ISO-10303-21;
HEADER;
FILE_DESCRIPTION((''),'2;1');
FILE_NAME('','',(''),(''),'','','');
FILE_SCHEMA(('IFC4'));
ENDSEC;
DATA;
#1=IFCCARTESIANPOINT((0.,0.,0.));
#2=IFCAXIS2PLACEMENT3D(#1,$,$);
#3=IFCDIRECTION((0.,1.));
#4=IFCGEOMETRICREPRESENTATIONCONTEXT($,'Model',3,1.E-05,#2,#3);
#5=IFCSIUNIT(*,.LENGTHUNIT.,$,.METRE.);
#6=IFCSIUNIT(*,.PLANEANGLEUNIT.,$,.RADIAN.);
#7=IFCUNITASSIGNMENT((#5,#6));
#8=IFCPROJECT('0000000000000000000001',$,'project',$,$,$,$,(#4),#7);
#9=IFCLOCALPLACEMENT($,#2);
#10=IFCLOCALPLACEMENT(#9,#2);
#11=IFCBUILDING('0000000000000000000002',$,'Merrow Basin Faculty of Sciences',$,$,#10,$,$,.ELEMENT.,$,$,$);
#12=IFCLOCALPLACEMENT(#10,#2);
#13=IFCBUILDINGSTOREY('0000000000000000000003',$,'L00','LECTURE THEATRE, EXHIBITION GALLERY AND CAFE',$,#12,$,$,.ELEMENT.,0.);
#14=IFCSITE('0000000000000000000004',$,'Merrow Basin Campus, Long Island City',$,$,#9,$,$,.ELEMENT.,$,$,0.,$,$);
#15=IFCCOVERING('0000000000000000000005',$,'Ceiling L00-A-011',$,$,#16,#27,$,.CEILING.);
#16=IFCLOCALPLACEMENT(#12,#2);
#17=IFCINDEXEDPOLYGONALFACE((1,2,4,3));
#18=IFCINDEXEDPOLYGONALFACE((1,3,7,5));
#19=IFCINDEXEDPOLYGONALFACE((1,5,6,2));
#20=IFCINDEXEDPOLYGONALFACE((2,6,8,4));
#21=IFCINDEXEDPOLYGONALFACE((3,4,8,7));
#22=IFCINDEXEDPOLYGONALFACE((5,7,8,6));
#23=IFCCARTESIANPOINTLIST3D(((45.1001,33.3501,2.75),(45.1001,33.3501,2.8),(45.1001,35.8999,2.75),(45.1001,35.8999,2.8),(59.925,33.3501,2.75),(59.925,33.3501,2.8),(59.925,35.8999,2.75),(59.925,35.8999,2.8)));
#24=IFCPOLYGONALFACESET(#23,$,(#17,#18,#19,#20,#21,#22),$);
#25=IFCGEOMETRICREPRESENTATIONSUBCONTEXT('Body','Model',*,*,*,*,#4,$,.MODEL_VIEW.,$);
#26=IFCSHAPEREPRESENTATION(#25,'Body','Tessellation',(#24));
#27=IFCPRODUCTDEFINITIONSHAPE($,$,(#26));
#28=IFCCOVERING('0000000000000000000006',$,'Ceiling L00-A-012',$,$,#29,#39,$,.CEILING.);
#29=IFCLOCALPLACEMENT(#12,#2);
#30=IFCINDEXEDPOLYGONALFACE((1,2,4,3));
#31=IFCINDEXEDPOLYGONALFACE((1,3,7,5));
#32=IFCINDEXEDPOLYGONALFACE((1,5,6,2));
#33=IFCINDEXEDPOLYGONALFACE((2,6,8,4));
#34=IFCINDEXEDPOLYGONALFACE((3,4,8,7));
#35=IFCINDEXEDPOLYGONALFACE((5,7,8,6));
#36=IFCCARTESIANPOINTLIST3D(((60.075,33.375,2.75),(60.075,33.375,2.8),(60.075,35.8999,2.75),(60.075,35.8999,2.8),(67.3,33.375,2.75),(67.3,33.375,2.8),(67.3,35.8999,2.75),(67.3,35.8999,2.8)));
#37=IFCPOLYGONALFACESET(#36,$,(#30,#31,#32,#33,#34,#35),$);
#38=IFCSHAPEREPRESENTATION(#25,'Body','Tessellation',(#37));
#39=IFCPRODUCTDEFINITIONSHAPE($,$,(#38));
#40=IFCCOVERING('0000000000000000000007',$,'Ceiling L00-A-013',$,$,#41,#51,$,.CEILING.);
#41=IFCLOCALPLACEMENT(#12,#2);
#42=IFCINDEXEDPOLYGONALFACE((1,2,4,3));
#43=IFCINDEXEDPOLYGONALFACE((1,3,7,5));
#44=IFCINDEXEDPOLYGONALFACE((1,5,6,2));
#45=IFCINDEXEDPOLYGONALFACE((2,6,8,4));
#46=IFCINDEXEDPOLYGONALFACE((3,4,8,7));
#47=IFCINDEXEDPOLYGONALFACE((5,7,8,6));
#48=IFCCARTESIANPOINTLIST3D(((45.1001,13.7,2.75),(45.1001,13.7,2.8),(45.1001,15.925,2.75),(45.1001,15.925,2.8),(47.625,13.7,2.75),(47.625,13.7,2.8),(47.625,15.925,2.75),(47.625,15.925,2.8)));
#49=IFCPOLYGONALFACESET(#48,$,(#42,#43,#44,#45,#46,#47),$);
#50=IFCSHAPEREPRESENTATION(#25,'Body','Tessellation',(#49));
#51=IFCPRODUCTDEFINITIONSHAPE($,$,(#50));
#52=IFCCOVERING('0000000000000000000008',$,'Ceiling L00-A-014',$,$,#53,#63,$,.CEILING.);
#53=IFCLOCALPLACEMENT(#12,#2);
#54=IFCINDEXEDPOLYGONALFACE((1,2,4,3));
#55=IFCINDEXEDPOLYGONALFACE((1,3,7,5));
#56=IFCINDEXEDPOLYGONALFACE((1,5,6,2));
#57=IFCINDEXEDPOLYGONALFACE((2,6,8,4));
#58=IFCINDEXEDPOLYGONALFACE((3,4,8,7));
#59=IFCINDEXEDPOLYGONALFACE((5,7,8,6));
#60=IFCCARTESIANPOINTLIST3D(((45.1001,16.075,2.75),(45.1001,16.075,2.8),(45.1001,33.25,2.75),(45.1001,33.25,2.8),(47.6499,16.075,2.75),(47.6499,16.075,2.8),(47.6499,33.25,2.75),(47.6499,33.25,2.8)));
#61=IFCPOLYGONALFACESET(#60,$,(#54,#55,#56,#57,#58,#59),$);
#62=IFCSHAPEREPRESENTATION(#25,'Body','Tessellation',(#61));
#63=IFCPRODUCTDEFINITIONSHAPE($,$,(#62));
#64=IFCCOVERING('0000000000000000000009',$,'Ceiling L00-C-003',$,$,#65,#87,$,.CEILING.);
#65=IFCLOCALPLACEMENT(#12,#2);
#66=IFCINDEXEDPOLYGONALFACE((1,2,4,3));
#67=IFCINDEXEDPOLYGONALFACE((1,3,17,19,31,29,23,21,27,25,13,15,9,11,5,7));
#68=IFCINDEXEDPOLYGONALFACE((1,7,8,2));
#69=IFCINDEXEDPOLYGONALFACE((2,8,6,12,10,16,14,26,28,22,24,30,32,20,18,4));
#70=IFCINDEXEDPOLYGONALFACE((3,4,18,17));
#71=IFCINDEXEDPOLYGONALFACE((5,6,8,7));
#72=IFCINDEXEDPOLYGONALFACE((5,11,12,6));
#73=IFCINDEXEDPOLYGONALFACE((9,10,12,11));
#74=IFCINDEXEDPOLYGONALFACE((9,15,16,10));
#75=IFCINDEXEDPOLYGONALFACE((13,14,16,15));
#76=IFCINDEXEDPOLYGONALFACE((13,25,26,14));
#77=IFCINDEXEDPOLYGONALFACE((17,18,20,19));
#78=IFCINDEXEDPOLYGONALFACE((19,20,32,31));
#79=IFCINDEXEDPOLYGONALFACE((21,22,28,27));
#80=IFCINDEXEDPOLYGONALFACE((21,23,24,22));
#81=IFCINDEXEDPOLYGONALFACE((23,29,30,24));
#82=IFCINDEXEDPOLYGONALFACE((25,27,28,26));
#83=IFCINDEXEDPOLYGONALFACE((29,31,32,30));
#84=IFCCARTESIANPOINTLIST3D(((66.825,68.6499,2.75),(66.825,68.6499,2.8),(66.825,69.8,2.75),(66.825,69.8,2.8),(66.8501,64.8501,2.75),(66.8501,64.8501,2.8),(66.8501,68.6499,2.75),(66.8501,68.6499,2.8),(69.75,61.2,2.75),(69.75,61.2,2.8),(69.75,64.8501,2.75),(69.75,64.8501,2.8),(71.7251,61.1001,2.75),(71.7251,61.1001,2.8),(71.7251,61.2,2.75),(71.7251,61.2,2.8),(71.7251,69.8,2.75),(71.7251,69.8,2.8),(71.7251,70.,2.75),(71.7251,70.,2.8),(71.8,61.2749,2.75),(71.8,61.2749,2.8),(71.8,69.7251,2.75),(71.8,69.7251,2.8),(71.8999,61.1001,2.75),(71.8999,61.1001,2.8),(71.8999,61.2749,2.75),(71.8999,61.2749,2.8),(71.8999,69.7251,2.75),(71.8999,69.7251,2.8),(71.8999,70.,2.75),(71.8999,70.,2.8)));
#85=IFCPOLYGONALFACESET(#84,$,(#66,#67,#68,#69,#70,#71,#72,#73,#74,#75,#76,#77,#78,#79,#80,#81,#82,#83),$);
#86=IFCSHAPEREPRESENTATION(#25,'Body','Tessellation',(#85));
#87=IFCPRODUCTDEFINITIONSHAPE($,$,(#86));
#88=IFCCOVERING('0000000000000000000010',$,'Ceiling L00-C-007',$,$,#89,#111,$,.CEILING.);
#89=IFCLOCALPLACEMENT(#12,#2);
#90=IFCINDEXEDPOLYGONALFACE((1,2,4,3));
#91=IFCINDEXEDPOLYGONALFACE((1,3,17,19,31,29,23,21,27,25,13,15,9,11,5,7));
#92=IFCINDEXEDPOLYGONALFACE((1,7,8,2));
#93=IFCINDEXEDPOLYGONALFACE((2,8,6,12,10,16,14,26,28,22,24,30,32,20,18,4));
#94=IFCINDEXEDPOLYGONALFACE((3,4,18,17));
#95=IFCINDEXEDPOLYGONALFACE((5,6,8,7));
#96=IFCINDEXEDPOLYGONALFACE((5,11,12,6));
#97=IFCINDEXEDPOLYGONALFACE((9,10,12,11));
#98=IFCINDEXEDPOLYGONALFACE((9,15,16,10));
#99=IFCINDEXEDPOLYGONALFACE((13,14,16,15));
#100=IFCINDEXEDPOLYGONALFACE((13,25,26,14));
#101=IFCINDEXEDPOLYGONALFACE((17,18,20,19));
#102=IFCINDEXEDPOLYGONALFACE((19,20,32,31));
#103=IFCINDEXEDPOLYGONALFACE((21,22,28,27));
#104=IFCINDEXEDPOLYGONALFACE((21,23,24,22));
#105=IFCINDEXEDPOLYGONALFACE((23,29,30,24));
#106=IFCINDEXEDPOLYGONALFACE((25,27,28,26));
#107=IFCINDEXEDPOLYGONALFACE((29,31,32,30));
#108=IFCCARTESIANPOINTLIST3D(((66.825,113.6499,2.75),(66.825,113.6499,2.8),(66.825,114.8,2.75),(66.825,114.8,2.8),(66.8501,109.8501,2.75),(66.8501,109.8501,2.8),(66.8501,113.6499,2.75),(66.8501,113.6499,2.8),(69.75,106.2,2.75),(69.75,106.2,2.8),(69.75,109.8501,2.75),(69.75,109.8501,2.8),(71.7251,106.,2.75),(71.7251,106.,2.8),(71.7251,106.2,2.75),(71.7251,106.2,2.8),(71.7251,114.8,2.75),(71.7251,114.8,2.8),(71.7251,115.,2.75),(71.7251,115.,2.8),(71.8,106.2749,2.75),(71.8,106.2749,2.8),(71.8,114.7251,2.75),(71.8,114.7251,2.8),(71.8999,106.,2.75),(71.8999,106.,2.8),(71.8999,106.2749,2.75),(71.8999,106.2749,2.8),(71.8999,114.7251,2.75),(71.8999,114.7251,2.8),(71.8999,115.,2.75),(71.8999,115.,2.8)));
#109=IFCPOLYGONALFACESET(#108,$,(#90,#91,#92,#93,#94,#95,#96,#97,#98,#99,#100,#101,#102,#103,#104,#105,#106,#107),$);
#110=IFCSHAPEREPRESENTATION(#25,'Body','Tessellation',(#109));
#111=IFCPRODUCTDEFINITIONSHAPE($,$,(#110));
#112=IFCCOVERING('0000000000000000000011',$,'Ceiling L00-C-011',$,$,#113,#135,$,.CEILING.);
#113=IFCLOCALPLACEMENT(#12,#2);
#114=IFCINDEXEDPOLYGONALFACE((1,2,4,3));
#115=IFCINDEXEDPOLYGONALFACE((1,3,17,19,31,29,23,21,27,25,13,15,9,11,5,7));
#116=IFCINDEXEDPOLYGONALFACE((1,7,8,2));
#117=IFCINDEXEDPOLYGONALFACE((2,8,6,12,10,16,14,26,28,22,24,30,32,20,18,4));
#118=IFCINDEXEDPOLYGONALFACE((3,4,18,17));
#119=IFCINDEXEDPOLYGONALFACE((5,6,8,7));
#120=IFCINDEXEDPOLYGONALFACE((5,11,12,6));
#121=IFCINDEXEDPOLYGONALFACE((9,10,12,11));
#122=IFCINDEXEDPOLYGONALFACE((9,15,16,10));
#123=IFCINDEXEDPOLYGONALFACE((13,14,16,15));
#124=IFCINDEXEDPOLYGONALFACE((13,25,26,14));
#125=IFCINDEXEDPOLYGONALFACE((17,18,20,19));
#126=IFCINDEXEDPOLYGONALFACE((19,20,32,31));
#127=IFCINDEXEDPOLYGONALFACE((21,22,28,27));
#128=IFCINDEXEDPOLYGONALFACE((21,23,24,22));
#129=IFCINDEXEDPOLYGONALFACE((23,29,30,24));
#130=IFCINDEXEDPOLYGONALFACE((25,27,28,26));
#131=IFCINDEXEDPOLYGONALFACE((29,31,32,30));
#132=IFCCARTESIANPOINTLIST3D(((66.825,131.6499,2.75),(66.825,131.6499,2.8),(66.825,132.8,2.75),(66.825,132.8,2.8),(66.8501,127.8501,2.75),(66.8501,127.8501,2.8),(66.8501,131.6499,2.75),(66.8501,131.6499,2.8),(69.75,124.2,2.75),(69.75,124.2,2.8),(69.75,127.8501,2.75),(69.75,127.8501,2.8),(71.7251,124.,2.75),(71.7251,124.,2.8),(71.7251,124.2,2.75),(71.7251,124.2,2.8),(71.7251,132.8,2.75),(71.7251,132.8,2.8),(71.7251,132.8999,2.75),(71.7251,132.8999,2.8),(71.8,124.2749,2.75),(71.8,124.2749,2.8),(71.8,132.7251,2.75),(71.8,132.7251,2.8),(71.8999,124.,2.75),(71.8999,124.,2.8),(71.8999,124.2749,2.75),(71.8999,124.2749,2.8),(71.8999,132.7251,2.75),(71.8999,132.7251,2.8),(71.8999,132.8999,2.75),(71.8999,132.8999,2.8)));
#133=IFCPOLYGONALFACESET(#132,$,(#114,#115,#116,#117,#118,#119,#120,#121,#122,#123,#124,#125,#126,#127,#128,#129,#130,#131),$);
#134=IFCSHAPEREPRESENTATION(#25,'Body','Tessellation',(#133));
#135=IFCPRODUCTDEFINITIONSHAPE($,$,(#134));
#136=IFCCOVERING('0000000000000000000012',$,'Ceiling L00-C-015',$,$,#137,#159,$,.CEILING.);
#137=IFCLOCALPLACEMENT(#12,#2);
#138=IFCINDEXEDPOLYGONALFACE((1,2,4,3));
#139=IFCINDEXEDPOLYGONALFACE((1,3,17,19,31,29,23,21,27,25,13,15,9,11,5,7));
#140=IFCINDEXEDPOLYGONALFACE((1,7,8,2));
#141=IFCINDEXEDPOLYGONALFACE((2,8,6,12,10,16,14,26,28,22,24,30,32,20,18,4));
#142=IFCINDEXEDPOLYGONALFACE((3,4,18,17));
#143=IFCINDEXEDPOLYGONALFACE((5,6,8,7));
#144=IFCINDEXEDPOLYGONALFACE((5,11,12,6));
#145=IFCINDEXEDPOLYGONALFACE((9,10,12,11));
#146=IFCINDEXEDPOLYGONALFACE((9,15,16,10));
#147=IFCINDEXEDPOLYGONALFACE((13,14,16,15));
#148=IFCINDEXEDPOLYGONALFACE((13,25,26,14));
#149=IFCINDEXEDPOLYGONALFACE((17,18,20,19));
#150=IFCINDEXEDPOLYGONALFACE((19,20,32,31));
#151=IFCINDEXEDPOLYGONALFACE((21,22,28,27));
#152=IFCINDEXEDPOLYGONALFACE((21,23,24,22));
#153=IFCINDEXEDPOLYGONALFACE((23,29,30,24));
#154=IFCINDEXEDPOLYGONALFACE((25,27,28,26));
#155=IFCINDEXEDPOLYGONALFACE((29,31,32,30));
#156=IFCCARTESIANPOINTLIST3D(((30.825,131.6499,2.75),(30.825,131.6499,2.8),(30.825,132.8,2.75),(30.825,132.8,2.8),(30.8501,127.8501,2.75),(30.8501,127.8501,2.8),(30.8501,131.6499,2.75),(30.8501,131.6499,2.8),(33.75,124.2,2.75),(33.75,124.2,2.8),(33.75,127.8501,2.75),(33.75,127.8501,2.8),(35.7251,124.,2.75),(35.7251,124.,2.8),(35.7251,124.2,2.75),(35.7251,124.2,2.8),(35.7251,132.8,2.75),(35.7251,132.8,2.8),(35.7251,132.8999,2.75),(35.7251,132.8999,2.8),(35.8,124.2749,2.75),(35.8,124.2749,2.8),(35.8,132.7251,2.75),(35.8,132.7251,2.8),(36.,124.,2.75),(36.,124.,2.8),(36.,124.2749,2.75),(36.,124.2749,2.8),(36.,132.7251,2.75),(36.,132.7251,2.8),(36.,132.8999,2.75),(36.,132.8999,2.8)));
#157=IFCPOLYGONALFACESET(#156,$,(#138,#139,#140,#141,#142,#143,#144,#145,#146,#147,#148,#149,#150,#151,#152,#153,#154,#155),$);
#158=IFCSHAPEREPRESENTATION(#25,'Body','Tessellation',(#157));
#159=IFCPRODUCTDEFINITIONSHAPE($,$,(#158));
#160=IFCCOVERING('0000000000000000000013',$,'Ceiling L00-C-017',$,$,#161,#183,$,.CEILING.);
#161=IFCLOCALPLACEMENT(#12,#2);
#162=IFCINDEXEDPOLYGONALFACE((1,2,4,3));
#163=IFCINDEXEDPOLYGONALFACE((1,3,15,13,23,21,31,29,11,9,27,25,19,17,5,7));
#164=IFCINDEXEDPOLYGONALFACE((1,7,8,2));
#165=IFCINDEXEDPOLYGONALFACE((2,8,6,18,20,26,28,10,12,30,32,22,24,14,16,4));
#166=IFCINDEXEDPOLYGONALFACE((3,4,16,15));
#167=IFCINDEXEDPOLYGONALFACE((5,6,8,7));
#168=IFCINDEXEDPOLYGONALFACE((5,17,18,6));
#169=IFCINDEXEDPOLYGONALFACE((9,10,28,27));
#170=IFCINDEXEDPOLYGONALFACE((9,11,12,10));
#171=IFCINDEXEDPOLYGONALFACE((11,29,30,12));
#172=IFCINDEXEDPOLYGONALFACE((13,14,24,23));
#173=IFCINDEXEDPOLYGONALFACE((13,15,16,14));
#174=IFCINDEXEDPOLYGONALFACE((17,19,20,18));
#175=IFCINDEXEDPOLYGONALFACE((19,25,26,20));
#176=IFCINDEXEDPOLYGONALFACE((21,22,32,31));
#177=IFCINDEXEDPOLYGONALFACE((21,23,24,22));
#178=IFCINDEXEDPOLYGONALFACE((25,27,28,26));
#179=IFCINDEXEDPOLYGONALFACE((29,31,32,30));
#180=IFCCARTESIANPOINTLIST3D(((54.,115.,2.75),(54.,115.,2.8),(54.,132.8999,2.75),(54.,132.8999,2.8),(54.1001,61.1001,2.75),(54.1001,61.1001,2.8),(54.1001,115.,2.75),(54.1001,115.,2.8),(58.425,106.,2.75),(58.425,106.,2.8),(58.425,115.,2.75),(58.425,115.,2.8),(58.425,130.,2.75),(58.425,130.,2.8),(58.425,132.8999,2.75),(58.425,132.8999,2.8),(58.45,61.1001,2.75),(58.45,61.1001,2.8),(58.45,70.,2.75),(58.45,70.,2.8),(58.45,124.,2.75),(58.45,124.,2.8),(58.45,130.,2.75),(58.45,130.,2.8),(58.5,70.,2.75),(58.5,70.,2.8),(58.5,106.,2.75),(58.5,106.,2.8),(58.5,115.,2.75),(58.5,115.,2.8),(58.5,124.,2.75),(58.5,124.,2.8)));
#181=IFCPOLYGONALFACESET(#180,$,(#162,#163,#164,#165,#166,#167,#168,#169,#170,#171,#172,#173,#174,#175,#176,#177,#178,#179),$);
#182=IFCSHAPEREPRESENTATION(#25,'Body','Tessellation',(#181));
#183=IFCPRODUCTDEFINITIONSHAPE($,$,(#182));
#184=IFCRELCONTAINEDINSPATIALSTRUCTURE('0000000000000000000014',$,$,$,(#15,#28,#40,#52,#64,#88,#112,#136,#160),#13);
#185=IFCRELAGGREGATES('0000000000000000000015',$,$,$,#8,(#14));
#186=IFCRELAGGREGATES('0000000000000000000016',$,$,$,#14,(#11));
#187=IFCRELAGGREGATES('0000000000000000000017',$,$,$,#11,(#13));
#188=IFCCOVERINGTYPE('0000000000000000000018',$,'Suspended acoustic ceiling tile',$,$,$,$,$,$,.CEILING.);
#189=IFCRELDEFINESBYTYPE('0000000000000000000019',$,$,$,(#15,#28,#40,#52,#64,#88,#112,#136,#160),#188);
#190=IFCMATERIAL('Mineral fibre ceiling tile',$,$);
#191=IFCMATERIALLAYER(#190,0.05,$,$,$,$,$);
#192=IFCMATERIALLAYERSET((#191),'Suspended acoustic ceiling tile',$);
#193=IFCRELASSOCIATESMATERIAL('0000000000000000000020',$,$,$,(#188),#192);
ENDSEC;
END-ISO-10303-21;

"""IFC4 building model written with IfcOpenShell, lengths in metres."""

from ifc_helpers import new_model, si_unit, direction, frame, origin, place, context, subcontext, project, spatial, polyline, outline, extrude, material, layer, layer_set, type_object, element, save


model = new_model("IFC4")

# Units and contexts
model_context = context("Model", 3, precision=1e-05, world=origin(), true_north=direction((0.0, 1.0)))
body_context = subcontext(model_context, "Body", "Model", "MODEL_VIEW")
ifc_project = project(units=[si_unit("LENGTHUNIT", "METRE"), si_unit("PLANEANGLEUNIT", "RADIAN")], contexts=[model_context])

# Site, building, storey
site_placement = place(None, origin())
site = spatial("IfcSite", under=ifc_project, at=site_placement, Name="Merrow Basin Campus, Long Island City", CompositionType="ELEMENT", RefElevation=0.0)
building_placement = place(site_placement, origin())
building = spatial("IfcBuilding", under=site, at=building_placement, Name="Merrow Basin Faculty of Sciences", CompositionType="ELEMENT")
storey_placement = place(building_placement, origin())
storey = spatial("IfcBuildingStorey", under=building, at=storey_placement, Name="L00", Description="LECTURE THEATRE, EXHIBITION GALLERY AND CAFE", CompositionType="ELEMENT", Elevation=0.0)

# Coverings
ifc_material_1 = material(Name="Mineral fibre ceiling tile")
ifc_layer_1 = layer(ifc_material_1, 0.05)
ifc_layer_set_1 = layer_set([ifc_layer_1], Name="Suspended acoustic ceiling tile")
covering_type = type_object("IfcCoveringType", Name="Suspended acoustic ceiling tile", PredefinedType="CEILING", material=ifc_layer_set_1)
covering_1_placement = place(storey_placement, frame((0.0, 0.0, 2.75)))
element("IfcCovering", 1, at=covering_1_placement, inside=storey, type_object=covering_type, Name="Ceiling L00-A-011", PredefinedType="CEILING", context=body_context, shape_type="SweptSolid", body=[
    extrude(outline(polyline([(45.1001, 35.8999), (59.925, 35.8999), (59.925, 33.3501), (45.1001, 33.3501), (45.1001, 35.8999)])), origin(), (0.0, 0.0, 1.0), 0.05),
])
covering_2_placement = place(storey_placement, frame((0.0, 0.0, 2.75)))
element("IfcCovering", 2, at=covering_2_placement, inside=storey, type_object=covering_type, Name="Ceiling L00-A-012", PredefinedType="CEILING", context=body_context, shape_type="SweptSolid", body=[
    extrude(outline(polyline([(67.3, 35.8999), (67.3, 33.375), (60.075, 33.375), (60.075, 35.8999), (67.3, 35.8999)])), origin(), (0.0, 0.0, 1.0), 0.05),
])
covering_3_placement = place(storey_placement, frame((0.0, 0.0, 2.75)))
element("IfcCovering", 3, at=covering_3_placement, inside=storey, type_object=covering_type, Name="Ceiling L00-A-013", PredefinedType="CEILING", context=body_context, shape_type="SweptSolid", body=[
    extrude(outline(polyline([(45.1001, 15.925), (47.625, 15.925), (47.625, 13.7), (45.1001, 13.7), (45.1001, 15.925)])), origin(), (0.0, 0.0, 1.0), 0.05),
])
covering_4_placement = place(storey_placement, frame((0.0, 0.0, 2.75)))
element("IfcCovering", 4, at=covering_4_placement, inside=storey, type_object=covering_type, Name="Ceiling L00-A-014", PredefinedType="CEILING", context=body_context, shape_type="SweptSolid", body=[
    extrude(outline(polyline([(45.1001, 33.25), (47.6499, 33.25), (47.6499, 16.075), (45.1001, 16.075), (45.1001, 33.25)])), origin(), (0.0, 0.0, 1.0), 0.05),
])
covering_5_placement = place(storey_placement, frame((0.0, 0.0, 2.75)))
element("IfcCovering", 5, at=covering_5_placement, inside=storey, type_object=covering_type, Name="Ceiling L00-C-003", PredefinedType="CEILING", context=body_context, shape_type="SweptSolid", body=[
    extrude(outline(polyline([(71.8999, 70.0), (71.8999, 69.7251), (71.8, 69.7251), (71.8, 61.2749), (71.8999, 61.2749), (71.8999, 61.1001), (71.7251, 61.1001), (71.7251, 61.2), (69.75, 61.2), (69.75, 64.8501), (66.8501, 64.8501), (66.8501, 68.6499), (66.825, 68.6499), (66.825, 69.8), (71.7251, 69.8), (71.7251, 70.0), (71.8999, 70.0)])), origin(), (0.0, 0.0, 1.0), 0.05),
])
covering_6_placement = place(storey_placement, frame((0.0, 0.0, 2.75)))
element("IfcCovering", 6, at=covering_6_placement, inside=storey, type_object=covering_type, Name="Ceiling L00-C-007", PredefinedType="CEILING", context=body_context, shape_type="SweptSolid", body=[
    extrude(outline(polyline([(71.8999, 115.0), (71.8999, 114.7251), (71.8, 114.7251), (71.8, 106.2749), (71.8999, 106.2749), (71.8999, 106.0), (71.7251, 106.0), (71.7251, 106.2), (69.75, 106.2), (69.75, 109.8501), (66.8501, 109.8501), (66.8501, 113.6499), (66.825, 113.6499), (66.825, 114.8), (71.7251, 114.8), (71.7251, 115.0), (71.8999, 115.0)])), origin(), (0.0, 0.0, 1.0), 0.05),
])
covering_7_placement = place(storey_placement, frame((0.0, 0.0, 2.75)))
element("IfcCovering", 7, at=covering_7_placement, inside=storey, type_object=covering_type, Name="Ceiling L00-C-011", PredefinedType="CEILING", context=body_context, shape_type="SweptSolid", body=[
    extrude(outline(polyline([(71.8999, 132.8999), (71.8999, 132.7251), (71.8, 132.7251), (71.8, 124.2749), (71.8999, 124.2749), (71.8999, 124.0), (71.7251, 124.0), (71.7251, 124.2), (69.75, 124.2), (69.75, 127.8501), (66.8501, 127.8501), (66.8501, 131.6499), (66.825, 131.6499), (66.825, 132.8), (71.7251, 132.8), (71.7251, 132.8999), (71.8999, 132.8999)])), origin(), (0.0, 0.0, 1.0), 0.05),
])
covering_8_placement = place(storey_placement, frame((0.0, 0.0, 2.75)))
element("IfcCovering", 8, at=covering_8_placement, inside=storey, type_object=covering_type, Name="Ceiling L00-C-015", PredefinedType="CEILING", context=body_context, shape_type="SweptSolid", body=[
    extrude(outline(polyline([(36.0, 132.8999), (36.0, 132.7251), (35.8, 132.7251), (35.8, 124.2749), (36.0, 124.2749), (36.0, 124.0), (35.7251, 124.0), (35.7251, 124.2), (33.75, 124.2), (33.75, 127.8501), (30.8501, 127.8501), (30.8501, 131.6499), (30.825, 131.6499), (30.825, 132.8), (35.7251, 132.8), (35.7251, 132.8999), (36.0, 132.8999)])), origin(), (0.0, 0.0, 1.0), 0.05),
])
covering_9_placement = place(storey_placement, frame((0.0, 0.0, 2.75)))
element("IfcCovering", 9, at=covering_9_placement, inside=storey, type_object=covering_type, Name="Ceiling L00-C-017", PredefinedType="CEILING", context=body_context, shape_type="SweptSolid", body=[
    extrude(outline(polyline([(54.0, 115.0), (54.0, 132.8999), (58.425, 132.8999), (58.425, 130.0), (58.45, 130.0), (58.45, 124.0), (58.5, 124.0), (58.5, 115.0), (58.425, 115.0), (58.425, 106.0), (58.5, 106.0), (58.5, 70.0), (58.45, 70.0), (58.45, 61.1001), (54.1001, 61.1001), (54.1001, 115.0), (54.0, 115.0)])), origin(), (0.0, 0.0, 1.0), 0.05),
])

save(model, "model.ifc")
